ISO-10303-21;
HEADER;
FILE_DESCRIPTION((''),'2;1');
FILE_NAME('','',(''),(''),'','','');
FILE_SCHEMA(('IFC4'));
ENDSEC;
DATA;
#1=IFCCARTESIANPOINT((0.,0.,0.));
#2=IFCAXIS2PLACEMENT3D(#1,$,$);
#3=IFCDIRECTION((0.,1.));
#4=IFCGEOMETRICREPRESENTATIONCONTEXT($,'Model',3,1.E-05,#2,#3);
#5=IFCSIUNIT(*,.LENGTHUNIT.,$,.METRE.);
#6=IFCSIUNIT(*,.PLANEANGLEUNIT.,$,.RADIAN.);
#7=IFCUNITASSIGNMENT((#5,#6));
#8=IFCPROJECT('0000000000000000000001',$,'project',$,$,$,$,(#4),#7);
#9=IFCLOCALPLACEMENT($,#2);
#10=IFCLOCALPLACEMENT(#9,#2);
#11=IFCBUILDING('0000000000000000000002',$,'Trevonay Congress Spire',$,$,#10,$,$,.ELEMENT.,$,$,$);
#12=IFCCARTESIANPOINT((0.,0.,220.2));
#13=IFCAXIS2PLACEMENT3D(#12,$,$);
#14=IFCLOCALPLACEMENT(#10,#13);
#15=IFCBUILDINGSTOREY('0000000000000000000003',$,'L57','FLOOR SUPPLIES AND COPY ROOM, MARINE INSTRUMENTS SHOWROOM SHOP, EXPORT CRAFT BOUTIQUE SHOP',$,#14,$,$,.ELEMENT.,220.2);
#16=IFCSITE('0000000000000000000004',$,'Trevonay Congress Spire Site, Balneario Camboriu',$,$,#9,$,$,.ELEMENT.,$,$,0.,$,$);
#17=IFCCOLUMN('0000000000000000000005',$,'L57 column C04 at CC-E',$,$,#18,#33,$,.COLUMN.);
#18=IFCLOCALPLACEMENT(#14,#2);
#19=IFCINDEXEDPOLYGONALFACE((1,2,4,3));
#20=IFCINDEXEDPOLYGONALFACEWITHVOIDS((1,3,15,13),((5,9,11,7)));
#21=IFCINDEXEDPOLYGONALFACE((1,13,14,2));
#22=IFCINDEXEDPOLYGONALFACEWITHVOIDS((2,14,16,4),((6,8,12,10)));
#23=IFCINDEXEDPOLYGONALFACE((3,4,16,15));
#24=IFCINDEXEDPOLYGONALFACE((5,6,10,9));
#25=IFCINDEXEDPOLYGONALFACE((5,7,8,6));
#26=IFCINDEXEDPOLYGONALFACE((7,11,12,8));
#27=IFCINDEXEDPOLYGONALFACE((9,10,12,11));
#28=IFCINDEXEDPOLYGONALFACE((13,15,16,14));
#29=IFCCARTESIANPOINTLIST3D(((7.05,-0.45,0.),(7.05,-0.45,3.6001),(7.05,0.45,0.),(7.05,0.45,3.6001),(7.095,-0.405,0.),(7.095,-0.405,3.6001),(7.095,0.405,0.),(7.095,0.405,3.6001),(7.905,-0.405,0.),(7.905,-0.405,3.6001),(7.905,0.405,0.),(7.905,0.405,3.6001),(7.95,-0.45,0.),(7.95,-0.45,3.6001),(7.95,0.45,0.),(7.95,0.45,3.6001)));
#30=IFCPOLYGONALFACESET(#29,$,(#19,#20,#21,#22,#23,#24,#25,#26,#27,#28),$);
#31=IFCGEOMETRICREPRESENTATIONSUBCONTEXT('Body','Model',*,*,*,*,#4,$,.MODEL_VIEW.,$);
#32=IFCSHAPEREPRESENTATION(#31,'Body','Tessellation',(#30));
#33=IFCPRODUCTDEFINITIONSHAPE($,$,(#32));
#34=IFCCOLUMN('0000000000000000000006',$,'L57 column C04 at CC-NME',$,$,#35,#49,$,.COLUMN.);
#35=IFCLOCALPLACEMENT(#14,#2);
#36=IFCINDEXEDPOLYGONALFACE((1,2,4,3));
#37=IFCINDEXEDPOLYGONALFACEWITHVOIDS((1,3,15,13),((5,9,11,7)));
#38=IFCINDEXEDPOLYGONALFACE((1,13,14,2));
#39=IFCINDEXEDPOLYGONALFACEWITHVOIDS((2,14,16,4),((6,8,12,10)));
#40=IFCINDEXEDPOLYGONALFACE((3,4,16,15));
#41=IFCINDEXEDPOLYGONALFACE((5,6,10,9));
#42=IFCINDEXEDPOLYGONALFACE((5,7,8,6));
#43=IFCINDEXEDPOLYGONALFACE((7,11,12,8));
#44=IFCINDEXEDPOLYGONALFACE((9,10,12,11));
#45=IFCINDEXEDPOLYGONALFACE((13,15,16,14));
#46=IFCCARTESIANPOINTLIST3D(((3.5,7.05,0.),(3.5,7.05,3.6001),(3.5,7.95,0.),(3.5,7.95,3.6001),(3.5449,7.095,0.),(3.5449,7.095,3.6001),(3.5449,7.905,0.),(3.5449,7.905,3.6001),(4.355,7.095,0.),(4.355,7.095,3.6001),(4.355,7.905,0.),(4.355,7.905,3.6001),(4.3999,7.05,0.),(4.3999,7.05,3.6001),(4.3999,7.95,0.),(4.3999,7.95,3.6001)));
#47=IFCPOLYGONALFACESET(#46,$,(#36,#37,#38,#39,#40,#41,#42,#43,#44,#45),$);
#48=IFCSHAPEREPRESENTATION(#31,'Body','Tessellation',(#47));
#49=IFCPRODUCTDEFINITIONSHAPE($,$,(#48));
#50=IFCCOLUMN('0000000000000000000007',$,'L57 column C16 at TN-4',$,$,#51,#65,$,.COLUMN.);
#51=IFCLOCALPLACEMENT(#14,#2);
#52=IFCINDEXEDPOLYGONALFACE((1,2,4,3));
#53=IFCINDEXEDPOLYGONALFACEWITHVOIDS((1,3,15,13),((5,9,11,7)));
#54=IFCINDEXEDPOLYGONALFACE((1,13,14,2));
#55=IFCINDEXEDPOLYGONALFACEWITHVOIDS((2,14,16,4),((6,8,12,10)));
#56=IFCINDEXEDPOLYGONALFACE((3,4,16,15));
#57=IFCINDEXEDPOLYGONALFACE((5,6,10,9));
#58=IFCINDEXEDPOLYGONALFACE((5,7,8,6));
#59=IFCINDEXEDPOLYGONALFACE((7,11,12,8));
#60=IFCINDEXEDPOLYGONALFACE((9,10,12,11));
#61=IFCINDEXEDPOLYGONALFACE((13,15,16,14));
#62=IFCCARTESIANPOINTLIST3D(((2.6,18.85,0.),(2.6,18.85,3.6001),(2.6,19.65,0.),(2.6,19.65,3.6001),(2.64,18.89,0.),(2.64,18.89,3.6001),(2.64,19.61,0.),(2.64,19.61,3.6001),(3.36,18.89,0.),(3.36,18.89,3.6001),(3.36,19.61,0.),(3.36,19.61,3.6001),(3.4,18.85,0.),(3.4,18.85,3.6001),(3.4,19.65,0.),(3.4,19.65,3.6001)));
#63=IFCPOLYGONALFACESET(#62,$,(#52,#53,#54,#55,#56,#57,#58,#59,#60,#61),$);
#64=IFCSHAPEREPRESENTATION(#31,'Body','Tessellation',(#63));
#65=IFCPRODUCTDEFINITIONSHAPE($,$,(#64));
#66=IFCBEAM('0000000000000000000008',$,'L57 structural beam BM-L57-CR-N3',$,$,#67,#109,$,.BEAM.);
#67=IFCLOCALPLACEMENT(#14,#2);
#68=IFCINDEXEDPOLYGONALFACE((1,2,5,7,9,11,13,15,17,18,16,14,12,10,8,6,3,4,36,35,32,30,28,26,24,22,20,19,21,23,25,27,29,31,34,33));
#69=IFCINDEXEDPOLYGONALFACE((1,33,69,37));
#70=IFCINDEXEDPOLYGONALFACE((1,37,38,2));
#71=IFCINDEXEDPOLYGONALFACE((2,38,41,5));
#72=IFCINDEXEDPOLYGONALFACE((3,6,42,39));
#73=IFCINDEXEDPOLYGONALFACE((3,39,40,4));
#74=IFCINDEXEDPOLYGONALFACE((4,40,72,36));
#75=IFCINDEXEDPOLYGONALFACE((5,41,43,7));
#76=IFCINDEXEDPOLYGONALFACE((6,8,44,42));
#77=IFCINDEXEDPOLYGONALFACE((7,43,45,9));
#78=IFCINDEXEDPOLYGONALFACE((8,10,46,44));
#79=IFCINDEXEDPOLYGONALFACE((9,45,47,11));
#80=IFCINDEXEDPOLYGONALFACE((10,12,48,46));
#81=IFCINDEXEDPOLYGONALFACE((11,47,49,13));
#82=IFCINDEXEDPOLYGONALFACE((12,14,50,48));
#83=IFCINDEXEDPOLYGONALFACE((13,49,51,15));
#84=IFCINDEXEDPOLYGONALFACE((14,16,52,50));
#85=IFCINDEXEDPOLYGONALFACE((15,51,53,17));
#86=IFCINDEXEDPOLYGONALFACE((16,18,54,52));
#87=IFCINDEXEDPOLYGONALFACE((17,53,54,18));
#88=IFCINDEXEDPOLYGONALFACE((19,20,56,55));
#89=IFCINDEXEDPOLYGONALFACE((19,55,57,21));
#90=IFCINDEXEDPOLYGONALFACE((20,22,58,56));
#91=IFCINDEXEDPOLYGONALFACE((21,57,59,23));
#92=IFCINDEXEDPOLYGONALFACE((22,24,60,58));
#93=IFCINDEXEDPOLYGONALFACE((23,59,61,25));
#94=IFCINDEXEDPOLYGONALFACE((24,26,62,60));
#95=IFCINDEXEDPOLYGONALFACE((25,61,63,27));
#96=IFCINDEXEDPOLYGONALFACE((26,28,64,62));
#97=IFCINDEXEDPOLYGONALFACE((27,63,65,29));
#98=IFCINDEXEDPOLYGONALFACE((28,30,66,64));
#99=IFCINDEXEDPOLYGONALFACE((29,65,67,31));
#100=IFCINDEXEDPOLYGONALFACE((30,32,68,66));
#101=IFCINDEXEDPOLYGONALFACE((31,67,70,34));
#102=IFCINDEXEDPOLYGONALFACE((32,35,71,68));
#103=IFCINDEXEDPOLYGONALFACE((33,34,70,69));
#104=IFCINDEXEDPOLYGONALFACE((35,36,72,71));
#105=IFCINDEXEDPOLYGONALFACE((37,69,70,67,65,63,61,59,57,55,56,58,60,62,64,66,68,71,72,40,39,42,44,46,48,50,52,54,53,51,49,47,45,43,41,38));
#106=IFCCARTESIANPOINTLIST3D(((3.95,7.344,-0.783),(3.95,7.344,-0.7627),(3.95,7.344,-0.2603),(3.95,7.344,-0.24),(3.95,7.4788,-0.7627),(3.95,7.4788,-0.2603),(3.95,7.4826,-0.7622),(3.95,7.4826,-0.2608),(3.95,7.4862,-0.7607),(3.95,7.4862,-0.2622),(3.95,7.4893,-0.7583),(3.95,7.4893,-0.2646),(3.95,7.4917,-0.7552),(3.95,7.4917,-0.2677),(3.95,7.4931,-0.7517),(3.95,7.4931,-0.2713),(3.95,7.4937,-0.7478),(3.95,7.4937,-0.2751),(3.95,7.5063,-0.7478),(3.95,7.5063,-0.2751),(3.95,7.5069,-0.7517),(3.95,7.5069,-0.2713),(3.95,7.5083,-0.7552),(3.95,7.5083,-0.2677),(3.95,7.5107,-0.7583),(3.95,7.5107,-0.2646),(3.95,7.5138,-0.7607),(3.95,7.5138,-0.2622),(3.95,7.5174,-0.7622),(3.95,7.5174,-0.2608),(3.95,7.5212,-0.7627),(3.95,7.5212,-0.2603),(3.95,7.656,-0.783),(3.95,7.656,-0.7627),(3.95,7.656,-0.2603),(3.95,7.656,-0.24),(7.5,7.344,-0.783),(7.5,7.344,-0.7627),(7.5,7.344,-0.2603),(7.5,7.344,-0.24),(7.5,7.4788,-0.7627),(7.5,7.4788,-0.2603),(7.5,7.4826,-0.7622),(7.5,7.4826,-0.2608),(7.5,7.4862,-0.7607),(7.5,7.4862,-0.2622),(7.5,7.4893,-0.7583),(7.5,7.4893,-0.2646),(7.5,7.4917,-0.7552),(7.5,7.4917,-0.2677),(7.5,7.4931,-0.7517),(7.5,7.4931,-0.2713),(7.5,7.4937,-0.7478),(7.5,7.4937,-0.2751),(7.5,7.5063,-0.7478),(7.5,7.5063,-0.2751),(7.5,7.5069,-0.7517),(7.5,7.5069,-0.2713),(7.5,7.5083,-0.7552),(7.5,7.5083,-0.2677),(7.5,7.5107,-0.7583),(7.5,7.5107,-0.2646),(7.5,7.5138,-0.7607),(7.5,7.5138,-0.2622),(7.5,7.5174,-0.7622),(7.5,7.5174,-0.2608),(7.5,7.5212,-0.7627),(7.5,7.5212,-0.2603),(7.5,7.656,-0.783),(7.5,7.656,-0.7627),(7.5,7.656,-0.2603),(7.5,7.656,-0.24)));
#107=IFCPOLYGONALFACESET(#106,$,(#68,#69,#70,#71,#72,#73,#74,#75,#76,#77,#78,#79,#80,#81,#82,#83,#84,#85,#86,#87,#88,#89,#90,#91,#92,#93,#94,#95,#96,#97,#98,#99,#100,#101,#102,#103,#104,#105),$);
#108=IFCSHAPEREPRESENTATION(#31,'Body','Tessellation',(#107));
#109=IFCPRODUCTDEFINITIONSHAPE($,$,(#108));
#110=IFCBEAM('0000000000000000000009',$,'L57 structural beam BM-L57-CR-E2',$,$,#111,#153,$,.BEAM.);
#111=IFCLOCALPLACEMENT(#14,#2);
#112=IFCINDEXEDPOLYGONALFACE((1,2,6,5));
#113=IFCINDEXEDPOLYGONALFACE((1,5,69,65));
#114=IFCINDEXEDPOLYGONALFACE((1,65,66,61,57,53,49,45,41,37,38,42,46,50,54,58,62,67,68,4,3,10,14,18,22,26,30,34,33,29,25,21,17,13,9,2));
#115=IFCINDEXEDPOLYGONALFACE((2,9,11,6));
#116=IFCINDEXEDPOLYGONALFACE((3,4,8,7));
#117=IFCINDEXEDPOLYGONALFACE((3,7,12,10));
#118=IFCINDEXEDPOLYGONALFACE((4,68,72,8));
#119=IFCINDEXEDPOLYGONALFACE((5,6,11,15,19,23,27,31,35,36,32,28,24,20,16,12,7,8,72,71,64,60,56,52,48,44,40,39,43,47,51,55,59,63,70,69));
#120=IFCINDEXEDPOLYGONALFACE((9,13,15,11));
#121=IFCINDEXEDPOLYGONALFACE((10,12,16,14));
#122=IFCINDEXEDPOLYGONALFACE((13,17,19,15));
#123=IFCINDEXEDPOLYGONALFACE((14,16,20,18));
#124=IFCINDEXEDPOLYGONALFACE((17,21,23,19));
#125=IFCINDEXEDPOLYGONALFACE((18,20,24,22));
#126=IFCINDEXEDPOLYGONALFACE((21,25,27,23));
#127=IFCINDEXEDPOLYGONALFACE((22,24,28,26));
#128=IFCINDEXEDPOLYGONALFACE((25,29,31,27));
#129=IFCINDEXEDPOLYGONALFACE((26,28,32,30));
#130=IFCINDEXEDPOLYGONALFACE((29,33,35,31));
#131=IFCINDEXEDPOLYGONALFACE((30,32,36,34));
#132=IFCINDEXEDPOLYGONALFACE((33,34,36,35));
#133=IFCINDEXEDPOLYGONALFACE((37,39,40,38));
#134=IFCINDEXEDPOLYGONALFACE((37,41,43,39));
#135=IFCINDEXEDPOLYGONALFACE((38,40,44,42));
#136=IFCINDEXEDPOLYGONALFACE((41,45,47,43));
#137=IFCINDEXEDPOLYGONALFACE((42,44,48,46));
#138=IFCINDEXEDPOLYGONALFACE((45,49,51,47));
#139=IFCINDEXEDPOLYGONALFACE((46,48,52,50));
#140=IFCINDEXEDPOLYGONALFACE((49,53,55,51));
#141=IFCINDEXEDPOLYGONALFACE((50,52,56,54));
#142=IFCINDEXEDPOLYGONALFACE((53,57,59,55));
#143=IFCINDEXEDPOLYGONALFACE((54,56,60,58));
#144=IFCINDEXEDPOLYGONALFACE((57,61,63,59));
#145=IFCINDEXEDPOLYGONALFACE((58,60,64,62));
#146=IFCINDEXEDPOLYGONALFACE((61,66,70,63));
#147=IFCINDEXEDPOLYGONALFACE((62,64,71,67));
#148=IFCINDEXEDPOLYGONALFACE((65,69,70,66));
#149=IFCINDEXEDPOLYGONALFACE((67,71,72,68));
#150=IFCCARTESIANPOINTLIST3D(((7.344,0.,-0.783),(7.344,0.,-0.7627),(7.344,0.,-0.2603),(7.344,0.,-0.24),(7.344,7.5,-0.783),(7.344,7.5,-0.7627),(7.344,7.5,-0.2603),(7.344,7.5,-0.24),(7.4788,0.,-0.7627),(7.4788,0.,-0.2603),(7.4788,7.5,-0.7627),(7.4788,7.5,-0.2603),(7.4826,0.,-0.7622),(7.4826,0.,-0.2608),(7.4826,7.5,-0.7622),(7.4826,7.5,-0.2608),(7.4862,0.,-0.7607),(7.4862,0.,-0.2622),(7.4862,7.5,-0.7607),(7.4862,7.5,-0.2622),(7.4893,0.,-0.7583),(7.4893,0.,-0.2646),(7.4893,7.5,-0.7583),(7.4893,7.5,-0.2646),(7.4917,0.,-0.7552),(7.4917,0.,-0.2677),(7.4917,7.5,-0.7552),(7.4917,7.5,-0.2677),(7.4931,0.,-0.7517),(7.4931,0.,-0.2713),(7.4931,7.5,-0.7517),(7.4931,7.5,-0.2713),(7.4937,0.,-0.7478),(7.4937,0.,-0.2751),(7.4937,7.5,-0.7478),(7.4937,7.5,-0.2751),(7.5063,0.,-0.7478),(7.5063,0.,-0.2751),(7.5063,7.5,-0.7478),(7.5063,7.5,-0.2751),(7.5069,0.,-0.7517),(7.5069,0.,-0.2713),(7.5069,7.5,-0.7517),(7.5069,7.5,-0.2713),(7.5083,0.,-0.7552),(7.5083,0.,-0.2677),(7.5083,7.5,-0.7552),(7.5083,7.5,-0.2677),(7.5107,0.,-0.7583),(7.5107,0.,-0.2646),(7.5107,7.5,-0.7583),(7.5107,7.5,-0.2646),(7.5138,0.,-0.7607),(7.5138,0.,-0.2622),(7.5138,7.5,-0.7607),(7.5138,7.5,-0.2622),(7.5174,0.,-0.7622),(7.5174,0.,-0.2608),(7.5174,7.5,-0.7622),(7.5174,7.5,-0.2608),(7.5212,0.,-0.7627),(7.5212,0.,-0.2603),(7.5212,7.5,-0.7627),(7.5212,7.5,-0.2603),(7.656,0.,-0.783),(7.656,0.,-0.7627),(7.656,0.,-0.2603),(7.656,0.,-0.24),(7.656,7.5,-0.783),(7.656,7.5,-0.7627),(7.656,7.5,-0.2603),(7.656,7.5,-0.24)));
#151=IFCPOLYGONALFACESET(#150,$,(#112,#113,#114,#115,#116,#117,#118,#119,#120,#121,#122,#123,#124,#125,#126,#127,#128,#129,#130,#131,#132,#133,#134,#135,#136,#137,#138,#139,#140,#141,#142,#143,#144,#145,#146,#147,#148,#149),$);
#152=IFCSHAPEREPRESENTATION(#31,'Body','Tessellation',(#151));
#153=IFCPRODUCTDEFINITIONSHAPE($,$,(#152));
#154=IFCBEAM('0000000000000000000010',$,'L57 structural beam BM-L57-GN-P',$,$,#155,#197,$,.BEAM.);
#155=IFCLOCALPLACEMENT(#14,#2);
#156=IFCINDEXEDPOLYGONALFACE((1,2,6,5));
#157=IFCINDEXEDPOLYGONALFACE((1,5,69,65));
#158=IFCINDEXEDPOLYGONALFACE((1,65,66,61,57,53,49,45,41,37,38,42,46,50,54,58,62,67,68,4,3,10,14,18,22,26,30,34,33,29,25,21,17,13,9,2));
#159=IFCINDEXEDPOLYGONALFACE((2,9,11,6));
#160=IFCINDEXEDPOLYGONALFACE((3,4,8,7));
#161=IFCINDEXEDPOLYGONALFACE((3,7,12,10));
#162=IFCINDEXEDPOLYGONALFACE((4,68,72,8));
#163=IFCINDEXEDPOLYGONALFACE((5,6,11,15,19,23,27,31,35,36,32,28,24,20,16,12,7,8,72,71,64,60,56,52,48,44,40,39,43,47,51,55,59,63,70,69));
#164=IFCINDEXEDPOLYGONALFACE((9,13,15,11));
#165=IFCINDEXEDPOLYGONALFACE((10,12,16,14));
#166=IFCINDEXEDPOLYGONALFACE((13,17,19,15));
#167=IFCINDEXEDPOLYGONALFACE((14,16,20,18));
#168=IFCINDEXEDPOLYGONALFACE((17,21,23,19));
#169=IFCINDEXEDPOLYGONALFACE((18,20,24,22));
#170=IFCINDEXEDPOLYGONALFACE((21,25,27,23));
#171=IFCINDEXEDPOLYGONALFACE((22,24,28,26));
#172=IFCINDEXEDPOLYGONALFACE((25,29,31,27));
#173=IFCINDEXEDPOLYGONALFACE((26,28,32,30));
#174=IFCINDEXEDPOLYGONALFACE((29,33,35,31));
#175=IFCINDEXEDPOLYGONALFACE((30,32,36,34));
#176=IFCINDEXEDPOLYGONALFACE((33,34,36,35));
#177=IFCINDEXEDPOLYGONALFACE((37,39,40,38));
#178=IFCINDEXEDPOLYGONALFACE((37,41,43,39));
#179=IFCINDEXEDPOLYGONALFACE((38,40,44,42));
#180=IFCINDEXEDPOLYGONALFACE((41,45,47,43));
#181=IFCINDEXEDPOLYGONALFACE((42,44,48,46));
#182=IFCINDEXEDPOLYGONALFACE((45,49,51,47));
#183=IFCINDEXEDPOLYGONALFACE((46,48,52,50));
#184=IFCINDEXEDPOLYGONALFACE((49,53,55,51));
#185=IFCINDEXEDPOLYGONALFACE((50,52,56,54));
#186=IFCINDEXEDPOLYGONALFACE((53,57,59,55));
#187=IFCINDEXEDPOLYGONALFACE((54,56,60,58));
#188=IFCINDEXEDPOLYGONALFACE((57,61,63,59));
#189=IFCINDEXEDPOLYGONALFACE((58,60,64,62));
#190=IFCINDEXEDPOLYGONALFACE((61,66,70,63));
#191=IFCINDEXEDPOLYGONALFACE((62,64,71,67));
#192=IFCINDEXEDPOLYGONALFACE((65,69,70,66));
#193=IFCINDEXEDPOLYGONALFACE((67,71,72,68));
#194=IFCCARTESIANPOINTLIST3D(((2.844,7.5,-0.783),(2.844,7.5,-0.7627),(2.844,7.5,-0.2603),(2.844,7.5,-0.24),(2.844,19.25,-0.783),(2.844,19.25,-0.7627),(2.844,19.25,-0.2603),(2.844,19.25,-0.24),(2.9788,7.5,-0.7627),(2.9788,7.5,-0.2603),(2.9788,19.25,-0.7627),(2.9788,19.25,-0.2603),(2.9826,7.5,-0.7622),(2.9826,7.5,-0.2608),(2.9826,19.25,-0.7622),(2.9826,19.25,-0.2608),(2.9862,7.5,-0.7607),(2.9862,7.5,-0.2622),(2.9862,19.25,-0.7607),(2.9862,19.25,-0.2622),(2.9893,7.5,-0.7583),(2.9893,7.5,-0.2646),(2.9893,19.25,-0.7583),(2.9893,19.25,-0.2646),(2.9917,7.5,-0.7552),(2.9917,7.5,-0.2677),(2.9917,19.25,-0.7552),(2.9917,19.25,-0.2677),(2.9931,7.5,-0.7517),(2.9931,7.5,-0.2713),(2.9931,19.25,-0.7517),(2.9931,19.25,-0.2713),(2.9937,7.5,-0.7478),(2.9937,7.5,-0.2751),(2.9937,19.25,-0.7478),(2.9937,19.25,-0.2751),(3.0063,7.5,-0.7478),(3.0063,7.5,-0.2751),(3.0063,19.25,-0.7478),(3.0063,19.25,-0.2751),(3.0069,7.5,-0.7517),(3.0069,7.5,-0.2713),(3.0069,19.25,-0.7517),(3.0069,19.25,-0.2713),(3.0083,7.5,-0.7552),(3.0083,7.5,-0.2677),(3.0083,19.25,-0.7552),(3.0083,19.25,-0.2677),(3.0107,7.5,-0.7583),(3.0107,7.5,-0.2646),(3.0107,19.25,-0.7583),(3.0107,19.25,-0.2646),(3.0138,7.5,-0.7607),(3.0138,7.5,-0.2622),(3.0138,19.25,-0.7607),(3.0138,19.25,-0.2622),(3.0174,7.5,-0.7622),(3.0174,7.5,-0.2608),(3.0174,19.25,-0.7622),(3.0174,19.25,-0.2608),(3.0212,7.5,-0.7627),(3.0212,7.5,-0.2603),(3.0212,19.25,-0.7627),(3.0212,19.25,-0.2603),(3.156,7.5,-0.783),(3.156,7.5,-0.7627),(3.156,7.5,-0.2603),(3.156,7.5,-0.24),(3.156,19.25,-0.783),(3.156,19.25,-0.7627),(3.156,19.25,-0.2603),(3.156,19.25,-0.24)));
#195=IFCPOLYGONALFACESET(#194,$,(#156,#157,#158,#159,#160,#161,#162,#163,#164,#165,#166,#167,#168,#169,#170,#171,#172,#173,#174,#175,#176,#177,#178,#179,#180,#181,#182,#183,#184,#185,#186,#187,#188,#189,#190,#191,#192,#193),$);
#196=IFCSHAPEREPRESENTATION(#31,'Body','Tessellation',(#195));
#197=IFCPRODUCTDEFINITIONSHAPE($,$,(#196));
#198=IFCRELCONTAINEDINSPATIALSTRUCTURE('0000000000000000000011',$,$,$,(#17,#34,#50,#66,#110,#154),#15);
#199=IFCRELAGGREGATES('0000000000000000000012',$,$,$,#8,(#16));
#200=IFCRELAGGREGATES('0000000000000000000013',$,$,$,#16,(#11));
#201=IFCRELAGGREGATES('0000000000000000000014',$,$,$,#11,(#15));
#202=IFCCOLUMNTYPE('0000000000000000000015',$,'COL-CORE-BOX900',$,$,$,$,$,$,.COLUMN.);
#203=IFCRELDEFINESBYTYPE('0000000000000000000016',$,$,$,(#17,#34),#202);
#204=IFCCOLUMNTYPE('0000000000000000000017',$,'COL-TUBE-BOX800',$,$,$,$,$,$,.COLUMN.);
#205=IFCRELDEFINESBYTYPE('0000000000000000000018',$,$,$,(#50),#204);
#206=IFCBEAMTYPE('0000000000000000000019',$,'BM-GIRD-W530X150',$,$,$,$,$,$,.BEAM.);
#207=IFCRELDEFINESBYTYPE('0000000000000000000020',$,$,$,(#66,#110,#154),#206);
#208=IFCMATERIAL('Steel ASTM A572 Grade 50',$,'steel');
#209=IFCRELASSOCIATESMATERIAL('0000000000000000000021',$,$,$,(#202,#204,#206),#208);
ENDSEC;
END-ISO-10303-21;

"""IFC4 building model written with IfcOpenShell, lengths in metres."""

from ifc_helpers import new_model, si_unit, direction, frame, origin, origin_2d, place, context, subcontext, project, spatial, hollow_rectangle, i_section, extrude, material, material_profile, profile_set, type_object, element, save


model = new_model("IFC4")

# Units and contexts
model_context = context("Model", 3, precision=1e-05, world=origin(), true_north=direction((0.0, 1.0)))
body_context = subcontext(model_context, "Body", "Model", "MODEL_VIEW")
ifc_project = project(units=[si_unit("LENGTHUNIT", "METRE"), si_unit("PLANEANGLEUNIT", "RADIAN")], contexts=[model_context])

# Site, building, storey
site_placement = place(None, origin())
site = spatial("IfcSite", under=ifc_project, at=site_placement, Name="Trevonay Congress Spire Site, Balneario Camboriu", CompositionType="ELEMENT", RefElevation=0.0)
building_placement = place(site_placement, origin())
building = spatial("IfcBuilding", under=site, at=building_placement, Name="Trevonay Congress Spire", CompositionType="ELEMENT")
storey_placement = place(building_placement, frame((0.0, 0.0, 220.2)))
storey = spatial("IfcBuildingStorey", under=building, at=storey_placement, Name="L57", Description="FLOOR SUPPLIES AND COPY ROOM, MARINE INSTRUMENTS SHOWROOM SHOP, EXPORT CRAFT BOUTIQUE SHOP", CompositionType="ELEMENT", Elevation=220.2)

# Columns
ifc_material_1 = material(Name="Steel ASTM A572 Grade 50", Category="steel")
ifc_material_profile_1 = material_profile(ifc_material_1, hollow_rectangle(XDim=0.8999, YDim=0.8999, WallThickness=0.0449, at=origin_2d()), Name="BOX 900x900x45")
ifc_profile_set_1 = profile_set([ifc_material_profile_1], Name="Steel ASTM A572 Grade 50")
column_type_1 = type_object("IfcColumnType", Name="COL-CORE-BOX900", PredefinedType="COLUMN", material=ifc_profile_set_1)
for number, where, z_axis, x_axis, name in (
    (1, (7.5, 0.0, 0.0), (0.0, 0.0, 1.0), (1.0, 0.0, 0.0), "L57 column C04 at CC-E"),
    (2, (3.95, 7.5, 0.0), (0.0, 0.0, 1.0), (1.0, 0.0, 0.0), "L57 column C04 at CC-NME"),
):
    element("IfcColumn", number, at=place(storey_placement, frame(where, z_axis=z_axis, x_axis=x_axis)), inside=storey, type_object=column_type_1, Name=name, PredefinedType="COLUMN", context=body_context, shape_type="SweptSolid", body=[
        extrude(hollow_rectangle(XDim=0.8999, YDim=0.8999, WallThickness=0.0449, at=origin_2d()), origin(), (0.0, 0.0, 1.0), 3.6001),
    ])
ifc_material_profile_2 = material_profile(ifc_material_1, hollow_rectangle(XDim=0.8, YDim=0.8, WallThickness=0.04, at=origin_2d()), Name="BOX 800x800x40")
ifc_profile_set_2 = profile_set([ifc_material_profile_2], Name="Steel ASTM A572 Grade 50")
column_type_2 = type_object("IfcColumnType", Name="COL-TUBE-BOX800", PredefinedType="COLUMN", material=ifc_profile_set_2)
column_placement = place(storey_placement, frame((3.0, 19.25, 0.0), z_axis=(0.0, 0.0, 1.0), x_axis=(1.0, 0.0, 0.0)))
element("IfcColumn", 3, at=column_placement, inside=storey, type_object=column_type_2, Name="L57 column C16 at TN-4", PredefinedType="COLUMN", context=body_context, shape_type="SweptSolid", body=[
    extrude(hollow_rectangle(XDim=0.8, YDim=0.8, WallThickness=0.04, at=origin_2d()), origin(), (0.0, 0.0, 1.0), 3.6001),
])

# Beams
ifc_material_profile_3 = material_profile(ifc_material_1, i_section(OverallWidth=0.312, OverallDepth=0.543, WebThickness=0.0127, FlangeThickness=0.0203, FilletRadius=0.0149, at=origin_2d()), Name="W530x150")
ifc_profile_set_3 = profile_set([ifc_material_profile_3], Name="Steel ASTM A572 Grade 50")
beam_type_1 = type_object("IfcBeamType", Name="BM-GIRD-W530X150", PredefinedType="BEAM", material=ifc_profile_set_3)
beam_1_placement = place(storey_placement, frame((3.95, 7.5, -0.5115), z_axis=(1.0, 0.0, 0.0), x_axis=(0.0, 1.0, 0.0)))
element("IfcBeam", 4, at=beam_1_placement, inside=storey, type_object=beam_type_1, Name="L57 structural beam BM-L57-CR-N3", PredefinedType="BEAM", context=body_context, shape_type="SweptSolid", body=[
    extrude(i_section(OverallWidth=0.312, OverallDepth=0.543, WebThickness=0.0127, FlangeThickness=0.0203, FilletRadius=0.0149, at=origin_2d()), origin(), (0.0, 0.0, 1.0), 3.55),
])
beam_2_placement = place(storey_placement, frame((7.5, 0.0, -0.5115), z_axis=(0.0, 1.0, 0.0), x_axis=(-1.0, 0.0, 0.0)))
element("IfcBeam", 5, at=beam_2_placement, inside=storey, type_object=beam_type_1, Name="L57 structural beam BM-L57-CR-E2", PredefinedType="BEAM", context=body_context, shape_type="SweptSolid", body=[
    extrude(i_section(OverallWidth=0.312, OverallDepth=0.543, WebThickness=0.0127, FlangeThickness=0.0203, FilletRadius=0.0149, at=origin_2d()), origin(), (0.0, 0.0, 1.0), 7.5),
])
beam_3_placement = place(storey_placement, frame((3.0, 7.5, -0.5115), z_axis=(0.0, 1.0, 0.0), x_axis=(-1.0, 0.0, 0.0)))
element("IfcBeam", 6, at=beam_3_placement, inside=storey, type_object=beam_type_1, Name="L57 structural beam BM-L57-GN-P", PredefinedType="BEAM", context=body_context, shape_type="SweptSolid", body=[
    extrude(i_section(OverallWidth=0.312, OverallDepth=0.543, WebThickness=0.0127, FlangeThickness=0.0203, FilletRadius=0.0149, at=origin_2d()), origin(), (0.0, 0.0, 1.0), 11.75),
])

save(model, "model.ifc")
